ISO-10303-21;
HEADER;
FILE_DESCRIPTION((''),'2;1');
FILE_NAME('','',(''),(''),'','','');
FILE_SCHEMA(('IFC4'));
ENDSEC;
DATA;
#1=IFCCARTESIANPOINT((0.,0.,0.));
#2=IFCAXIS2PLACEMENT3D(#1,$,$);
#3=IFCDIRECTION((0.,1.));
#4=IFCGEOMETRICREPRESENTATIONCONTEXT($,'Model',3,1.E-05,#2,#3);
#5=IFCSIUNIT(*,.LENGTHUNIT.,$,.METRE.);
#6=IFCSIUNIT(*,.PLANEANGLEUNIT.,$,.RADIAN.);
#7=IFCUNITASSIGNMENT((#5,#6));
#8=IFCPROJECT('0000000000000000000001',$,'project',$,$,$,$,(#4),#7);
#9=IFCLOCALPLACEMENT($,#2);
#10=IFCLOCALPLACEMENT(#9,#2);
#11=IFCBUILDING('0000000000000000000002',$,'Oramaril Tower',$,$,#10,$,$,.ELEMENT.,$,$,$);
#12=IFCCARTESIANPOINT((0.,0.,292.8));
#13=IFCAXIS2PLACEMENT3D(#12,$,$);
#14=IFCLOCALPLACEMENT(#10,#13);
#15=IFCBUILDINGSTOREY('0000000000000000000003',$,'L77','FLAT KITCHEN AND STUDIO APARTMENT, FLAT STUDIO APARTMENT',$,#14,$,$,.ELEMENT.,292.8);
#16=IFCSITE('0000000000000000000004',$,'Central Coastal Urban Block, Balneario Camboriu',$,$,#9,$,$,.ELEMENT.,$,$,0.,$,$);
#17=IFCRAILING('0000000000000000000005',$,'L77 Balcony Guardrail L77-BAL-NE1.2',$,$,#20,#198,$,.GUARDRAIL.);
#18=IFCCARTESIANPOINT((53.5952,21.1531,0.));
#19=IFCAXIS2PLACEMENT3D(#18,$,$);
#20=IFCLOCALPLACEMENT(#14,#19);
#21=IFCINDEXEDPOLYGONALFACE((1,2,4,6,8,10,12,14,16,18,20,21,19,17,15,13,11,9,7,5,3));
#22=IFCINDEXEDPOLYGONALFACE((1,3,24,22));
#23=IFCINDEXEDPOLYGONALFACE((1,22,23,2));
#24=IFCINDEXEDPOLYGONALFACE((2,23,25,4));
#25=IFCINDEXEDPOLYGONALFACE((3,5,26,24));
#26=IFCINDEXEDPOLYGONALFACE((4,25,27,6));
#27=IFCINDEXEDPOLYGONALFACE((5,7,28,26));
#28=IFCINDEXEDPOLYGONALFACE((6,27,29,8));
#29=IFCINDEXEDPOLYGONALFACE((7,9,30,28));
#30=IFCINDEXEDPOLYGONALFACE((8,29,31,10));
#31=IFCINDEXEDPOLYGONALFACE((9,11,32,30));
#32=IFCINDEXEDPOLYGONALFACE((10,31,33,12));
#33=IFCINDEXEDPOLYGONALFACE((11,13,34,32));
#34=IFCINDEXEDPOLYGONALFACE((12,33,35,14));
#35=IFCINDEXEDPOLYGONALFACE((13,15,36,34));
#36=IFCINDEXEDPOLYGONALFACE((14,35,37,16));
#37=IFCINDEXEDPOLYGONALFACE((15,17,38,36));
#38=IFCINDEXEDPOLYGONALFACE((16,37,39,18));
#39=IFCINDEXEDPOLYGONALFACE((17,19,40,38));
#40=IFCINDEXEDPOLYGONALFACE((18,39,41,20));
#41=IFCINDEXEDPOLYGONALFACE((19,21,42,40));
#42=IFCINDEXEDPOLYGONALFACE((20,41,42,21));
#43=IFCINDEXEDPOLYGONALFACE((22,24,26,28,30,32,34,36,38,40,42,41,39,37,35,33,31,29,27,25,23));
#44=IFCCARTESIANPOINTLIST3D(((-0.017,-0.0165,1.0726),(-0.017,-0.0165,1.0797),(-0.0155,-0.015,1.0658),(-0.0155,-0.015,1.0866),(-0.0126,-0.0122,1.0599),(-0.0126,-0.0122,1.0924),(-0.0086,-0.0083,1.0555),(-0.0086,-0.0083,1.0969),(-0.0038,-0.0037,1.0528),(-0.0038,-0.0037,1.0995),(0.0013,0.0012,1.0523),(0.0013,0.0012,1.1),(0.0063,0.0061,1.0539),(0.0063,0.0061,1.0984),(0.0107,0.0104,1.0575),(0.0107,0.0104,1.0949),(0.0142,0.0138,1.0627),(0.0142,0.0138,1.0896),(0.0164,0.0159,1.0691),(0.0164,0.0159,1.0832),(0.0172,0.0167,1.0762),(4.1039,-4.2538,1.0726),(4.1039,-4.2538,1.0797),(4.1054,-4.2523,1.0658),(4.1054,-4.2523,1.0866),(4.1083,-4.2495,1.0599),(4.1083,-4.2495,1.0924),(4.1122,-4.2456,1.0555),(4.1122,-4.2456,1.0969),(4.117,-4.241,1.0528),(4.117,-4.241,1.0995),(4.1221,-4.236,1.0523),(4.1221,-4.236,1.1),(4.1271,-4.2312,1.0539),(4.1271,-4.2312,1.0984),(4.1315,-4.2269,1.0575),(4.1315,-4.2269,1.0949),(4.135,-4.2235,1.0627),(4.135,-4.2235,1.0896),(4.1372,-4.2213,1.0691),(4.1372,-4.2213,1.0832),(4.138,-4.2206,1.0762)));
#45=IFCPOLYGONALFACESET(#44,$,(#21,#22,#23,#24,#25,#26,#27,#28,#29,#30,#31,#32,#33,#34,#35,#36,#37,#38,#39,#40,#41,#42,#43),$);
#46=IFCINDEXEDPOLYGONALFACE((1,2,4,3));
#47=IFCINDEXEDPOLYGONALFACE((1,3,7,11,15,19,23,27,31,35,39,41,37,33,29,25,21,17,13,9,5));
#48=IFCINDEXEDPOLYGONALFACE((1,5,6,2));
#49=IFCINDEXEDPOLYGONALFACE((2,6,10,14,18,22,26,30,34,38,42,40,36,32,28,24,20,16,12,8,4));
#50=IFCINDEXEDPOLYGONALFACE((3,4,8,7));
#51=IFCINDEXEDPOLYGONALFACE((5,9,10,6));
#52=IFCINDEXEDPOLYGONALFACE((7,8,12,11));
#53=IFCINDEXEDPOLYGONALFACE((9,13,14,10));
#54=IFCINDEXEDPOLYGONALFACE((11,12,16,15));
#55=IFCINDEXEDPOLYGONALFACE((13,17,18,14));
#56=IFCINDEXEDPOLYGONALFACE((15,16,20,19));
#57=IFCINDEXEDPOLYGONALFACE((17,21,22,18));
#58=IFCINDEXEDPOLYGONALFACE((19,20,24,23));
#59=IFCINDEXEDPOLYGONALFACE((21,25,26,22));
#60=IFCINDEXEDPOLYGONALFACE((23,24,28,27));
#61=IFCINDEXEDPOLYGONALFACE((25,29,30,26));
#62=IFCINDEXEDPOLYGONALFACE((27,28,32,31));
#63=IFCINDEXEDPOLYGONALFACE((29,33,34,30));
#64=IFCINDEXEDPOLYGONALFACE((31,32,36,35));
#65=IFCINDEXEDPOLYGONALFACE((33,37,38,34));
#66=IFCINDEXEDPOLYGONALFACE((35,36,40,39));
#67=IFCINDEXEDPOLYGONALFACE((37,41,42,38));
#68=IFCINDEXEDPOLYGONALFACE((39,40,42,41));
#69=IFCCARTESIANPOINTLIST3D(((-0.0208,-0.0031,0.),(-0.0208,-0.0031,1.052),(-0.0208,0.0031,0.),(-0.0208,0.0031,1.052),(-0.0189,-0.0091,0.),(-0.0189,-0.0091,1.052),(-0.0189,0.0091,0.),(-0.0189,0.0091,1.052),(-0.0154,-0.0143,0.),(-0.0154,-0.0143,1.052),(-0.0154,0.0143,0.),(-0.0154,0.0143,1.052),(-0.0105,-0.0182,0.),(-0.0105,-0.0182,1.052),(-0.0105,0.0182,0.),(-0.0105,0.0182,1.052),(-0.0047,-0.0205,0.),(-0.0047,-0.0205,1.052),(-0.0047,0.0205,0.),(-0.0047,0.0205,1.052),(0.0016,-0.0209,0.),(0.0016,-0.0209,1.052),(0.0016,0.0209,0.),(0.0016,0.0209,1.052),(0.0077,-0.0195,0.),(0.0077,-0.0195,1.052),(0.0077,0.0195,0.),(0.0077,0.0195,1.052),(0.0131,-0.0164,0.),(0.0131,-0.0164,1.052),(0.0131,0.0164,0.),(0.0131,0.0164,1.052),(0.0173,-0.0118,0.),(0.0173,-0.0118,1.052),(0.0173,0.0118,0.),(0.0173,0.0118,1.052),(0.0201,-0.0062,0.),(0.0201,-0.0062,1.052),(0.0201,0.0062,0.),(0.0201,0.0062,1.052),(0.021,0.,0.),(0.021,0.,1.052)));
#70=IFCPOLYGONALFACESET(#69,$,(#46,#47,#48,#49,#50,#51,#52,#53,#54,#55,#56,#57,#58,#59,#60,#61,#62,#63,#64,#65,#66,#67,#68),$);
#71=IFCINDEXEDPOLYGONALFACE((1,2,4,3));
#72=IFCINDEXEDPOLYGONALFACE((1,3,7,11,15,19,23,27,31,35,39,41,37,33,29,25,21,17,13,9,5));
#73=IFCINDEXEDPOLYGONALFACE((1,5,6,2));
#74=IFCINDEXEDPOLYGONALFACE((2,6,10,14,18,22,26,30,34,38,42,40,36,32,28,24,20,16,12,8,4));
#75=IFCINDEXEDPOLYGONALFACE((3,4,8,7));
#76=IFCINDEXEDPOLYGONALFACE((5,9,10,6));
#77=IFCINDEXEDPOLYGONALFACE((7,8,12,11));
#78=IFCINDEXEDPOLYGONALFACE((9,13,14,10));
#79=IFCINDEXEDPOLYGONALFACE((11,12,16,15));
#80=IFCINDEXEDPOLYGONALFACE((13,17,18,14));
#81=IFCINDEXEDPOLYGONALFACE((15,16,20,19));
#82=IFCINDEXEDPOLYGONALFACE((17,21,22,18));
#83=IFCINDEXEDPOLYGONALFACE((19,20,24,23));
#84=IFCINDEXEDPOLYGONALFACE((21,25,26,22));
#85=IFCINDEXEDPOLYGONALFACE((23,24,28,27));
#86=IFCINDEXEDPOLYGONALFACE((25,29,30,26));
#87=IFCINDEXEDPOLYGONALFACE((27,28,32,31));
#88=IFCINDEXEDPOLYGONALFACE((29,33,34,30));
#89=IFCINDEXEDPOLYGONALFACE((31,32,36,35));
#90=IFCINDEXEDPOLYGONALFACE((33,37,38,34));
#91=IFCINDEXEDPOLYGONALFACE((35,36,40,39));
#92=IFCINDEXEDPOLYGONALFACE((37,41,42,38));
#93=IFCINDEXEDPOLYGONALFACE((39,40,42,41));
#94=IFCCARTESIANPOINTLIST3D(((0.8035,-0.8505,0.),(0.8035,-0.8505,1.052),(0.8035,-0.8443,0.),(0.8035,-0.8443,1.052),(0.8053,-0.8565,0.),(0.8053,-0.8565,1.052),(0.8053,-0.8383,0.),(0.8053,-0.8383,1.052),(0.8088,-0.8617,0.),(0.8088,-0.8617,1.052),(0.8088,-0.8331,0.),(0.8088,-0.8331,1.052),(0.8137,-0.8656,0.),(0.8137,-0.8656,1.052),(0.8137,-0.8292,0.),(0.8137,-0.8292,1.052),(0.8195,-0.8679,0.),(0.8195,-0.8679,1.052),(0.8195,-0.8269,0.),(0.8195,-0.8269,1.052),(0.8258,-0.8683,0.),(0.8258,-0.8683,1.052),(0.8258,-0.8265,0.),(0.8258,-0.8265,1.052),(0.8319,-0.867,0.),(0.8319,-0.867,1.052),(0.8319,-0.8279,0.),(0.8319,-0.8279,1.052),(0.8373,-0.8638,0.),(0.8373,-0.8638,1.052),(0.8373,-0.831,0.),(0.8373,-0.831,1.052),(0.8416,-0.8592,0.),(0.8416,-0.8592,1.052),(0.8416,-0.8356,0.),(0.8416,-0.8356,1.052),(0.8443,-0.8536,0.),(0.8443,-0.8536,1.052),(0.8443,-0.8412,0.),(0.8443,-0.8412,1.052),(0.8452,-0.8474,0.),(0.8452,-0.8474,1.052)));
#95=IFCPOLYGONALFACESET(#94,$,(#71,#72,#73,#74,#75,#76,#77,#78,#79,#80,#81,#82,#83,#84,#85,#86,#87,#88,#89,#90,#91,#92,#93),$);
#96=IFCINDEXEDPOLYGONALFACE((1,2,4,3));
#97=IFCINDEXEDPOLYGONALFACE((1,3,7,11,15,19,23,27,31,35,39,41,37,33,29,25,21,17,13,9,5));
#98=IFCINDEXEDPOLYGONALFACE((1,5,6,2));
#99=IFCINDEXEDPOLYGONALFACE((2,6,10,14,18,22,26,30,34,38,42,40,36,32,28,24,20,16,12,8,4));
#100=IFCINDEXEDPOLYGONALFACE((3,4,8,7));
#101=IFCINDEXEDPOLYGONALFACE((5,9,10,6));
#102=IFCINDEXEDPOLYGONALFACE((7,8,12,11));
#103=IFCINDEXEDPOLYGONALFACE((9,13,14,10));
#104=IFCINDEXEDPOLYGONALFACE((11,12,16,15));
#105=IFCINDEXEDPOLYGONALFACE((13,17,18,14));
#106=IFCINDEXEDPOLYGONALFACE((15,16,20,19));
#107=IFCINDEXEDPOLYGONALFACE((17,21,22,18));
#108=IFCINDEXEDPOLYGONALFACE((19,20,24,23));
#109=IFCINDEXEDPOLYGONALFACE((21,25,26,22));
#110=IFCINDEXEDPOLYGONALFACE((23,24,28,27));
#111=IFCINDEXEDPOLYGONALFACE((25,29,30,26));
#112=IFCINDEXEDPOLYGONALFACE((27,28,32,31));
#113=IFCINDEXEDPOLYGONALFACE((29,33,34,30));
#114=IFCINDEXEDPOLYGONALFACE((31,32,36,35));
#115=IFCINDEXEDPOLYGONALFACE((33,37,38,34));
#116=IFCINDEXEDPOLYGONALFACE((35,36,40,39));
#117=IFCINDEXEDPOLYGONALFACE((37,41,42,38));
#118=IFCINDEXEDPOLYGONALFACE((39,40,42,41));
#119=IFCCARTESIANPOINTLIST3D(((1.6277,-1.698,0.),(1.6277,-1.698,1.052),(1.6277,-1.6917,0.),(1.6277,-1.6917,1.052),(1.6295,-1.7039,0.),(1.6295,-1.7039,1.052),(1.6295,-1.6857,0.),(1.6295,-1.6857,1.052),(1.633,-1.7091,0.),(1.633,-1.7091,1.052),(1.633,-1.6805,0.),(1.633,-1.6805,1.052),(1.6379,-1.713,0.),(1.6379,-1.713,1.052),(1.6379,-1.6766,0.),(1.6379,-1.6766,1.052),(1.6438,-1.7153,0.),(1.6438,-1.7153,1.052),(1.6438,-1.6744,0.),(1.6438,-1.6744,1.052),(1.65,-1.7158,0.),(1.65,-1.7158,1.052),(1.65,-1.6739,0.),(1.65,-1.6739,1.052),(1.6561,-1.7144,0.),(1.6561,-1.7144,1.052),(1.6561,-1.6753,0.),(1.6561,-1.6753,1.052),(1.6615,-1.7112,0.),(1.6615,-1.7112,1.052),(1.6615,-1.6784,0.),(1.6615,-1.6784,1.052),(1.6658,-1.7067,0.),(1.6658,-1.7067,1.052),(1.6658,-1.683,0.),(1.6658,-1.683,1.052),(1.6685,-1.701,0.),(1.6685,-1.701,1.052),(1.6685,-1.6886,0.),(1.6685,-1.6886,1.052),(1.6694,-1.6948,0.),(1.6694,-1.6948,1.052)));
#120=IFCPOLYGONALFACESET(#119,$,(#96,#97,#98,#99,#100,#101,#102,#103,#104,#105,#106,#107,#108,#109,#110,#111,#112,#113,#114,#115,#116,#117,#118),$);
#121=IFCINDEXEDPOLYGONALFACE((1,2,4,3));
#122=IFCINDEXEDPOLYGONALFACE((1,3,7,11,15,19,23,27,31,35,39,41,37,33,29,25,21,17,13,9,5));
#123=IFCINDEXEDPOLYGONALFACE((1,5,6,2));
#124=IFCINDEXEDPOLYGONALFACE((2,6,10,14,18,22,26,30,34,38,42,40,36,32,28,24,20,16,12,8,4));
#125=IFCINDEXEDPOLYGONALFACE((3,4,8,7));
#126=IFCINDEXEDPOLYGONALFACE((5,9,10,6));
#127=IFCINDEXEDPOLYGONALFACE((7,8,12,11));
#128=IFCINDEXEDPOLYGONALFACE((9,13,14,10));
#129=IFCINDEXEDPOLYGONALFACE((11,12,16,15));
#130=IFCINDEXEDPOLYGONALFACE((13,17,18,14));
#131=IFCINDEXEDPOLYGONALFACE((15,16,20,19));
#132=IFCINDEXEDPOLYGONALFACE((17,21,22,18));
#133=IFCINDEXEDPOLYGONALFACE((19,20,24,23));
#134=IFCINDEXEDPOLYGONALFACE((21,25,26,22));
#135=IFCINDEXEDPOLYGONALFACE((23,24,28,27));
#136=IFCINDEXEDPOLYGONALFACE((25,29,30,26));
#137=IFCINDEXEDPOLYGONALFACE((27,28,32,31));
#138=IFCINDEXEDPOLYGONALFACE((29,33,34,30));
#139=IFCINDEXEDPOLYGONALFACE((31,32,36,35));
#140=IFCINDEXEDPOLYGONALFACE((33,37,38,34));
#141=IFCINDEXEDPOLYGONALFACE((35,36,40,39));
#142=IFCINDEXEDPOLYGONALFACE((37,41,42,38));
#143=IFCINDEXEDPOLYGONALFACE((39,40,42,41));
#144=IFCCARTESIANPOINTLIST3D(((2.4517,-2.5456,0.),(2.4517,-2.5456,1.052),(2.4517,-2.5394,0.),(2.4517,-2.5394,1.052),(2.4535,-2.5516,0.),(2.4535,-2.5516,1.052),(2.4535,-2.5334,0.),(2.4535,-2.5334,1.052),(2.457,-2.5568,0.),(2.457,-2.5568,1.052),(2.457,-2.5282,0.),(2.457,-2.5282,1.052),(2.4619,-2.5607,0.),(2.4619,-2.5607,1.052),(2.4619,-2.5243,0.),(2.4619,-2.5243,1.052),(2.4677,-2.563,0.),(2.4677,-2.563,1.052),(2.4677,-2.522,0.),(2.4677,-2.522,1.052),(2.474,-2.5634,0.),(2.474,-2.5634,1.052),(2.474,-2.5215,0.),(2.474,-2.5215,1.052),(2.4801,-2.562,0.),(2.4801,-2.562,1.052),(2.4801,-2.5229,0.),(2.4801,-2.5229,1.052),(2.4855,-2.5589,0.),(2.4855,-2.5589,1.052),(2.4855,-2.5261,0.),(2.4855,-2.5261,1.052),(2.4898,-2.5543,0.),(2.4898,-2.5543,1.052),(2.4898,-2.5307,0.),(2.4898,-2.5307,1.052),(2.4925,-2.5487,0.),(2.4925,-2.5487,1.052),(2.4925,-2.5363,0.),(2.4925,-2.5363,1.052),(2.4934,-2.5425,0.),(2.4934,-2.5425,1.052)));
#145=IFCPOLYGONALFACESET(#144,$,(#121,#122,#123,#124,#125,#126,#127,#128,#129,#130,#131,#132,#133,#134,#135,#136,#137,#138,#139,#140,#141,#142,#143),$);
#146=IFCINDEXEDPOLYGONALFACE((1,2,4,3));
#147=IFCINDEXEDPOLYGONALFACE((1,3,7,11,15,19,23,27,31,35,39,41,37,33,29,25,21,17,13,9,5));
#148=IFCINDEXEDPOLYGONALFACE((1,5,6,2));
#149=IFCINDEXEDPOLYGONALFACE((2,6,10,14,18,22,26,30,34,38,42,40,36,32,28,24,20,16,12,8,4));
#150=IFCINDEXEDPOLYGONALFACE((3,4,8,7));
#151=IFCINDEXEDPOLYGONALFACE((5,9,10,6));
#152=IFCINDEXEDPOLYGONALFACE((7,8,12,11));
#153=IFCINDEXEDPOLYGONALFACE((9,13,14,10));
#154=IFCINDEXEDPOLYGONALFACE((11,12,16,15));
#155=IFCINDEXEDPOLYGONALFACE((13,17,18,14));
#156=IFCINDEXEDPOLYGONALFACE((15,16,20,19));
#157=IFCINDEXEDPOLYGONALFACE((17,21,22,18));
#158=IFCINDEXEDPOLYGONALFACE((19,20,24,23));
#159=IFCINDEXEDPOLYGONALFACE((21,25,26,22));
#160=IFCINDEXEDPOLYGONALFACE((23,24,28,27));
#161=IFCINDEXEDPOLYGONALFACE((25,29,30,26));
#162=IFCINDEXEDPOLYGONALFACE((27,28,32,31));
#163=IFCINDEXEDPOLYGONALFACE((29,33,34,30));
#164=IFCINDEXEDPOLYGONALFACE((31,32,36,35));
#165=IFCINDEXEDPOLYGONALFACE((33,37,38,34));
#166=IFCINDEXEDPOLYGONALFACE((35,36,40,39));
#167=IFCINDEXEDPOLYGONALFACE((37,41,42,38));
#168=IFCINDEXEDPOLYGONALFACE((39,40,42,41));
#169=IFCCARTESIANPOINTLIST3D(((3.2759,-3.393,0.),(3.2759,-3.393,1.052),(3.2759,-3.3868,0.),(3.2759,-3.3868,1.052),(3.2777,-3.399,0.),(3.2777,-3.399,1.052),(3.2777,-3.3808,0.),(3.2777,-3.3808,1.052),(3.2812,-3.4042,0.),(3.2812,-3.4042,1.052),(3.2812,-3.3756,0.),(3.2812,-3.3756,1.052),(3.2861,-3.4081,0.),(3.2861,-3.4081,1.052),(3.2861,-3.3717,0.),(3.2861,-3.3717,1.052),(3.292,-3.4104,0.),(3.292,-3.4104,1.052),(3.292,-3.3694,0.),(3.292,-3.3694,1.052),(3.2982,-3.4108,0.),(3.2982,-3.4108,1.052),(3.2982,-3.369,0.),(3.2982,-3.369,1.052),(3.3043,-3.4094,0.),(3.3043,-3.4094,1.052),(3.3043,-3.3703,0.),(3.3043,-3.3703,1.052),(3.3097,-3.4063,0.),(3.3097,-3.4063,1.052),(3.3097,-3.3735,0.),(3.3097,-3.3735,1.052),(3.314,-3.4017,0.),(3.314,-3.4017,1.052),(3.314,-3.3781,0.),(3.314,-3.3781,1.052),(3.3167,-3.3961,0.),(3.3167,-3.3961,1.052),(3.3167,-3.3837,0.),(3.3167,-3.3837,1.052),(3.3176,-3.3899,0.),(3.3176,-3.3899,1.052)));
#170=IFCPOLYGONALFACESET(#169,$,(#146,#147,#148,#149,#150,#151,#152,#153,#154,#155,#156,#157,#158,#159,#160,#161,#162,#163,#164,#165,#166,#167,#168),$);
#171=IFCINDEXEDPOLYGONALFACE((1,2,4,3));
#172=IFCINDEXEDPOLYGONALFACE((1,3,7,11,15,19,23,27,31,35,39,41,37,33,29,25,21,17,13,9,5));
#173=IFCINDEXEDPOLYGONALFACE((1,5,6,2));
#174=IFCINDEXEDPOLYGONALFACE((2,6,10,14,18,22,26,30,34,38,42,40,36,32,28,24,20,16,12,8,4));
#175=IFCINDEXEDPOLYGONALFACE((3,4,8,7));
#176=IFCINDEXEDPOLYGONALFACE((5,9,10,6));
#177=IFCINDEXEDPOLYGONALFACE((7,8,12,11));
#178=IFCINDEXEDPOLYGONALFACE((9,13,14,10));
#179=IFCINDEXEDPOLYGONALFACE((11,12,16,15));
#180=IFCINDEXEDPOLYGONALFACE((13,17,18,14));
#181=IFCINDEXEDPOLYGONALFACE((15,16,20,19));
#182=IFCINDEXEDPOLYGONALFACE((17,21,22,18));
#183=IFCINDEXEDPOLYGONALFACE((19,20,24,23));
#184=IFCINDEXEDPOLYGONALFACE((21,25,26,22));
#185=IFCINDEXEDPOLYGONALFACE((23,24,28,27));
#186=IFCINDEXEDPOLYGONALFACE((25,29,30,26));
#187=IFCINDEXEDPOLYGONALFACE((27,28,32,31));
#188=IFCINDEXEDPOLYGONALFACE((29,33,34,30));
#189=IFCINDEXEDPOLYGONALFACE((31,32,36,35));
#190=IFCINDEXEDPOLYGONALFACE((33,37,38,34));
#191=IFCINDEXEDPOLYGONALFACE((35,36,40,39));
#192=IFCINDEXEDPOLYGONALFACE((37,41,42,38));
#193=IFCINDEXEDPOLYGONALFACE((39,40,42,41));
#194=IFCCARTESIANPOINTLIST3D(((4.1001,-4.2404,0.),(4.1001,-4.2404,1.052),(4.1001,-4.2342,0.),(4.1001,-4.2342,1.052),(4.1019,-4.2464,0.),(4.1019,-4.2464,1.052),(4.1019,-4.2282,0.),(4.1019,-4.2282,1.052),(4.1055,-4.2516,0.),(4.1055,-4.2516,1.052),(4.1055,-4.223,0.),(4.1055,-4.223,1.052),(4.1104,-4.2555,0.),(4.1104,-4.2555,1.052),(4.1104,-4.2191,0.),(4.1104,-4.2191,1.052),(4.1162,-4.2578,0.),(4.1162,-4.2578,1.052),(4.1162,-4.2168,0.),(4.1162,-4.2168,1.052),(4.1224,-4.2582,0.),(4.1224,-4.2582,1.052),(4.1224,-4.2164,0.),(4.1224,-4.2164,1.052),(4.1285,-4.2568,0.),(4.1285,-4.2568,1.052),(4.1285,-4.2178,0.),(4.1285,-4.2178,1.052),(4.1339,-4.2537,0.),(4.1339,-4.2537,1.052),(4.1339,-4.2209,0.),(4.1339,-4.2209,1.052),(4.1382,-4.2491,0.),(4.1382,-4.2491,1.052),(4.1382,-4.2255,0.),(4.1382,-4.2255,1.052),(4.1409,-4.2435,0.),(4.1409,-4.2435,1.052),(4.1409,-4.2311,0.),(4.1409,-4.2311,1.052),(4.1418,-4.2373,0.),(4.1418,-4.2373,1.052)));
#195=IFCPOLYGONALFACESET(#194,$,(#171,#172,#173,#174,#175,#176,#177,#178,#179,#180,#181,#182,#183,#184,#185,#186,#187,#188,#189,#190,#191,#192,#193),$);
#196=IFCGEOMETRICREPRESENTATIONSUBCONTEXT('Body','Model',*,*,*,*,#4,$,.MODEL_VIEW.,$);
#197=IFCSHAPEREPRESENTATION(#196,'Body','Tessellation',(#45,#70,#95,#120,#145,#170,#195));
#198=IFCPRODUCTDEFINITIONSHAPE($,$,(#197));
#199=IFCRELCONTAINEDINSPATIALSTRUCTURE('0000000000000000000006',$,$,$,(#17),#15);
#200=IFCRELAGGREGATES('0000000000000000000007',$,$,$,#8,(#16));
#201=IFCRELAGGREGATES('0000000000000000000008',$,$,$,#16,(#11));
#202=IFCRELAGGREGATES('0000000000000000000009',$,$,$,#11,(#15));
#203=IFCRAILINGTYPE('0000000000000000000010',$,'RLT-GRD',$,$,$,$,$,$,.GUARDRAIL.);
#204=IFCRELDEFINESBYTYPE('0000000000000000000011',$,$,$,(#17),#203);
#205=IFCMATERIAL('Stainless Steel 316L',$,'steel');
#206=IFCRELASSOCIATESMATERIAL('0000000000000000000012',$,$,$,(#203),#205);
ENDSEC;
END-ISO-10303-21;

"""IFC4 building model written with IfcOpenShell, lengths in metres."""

from ifc_helpers import new_model, si_unit, direction, frame, origin, origin_2d, place, context, subcontext, project, spatial, circle, extrude, material, type_object, element, save


model = new_model("IFC4")

# Units and contexts
model_context = context("Model", 3, precision=1e-05, world=origin(), true_north=direction((0.0, 1.0)))
body_context = subcontext(model_context, "Body", "Model", "MODEL_VIEW")
ifc_project = project(units=[si_unit("LENGTHUNIT", "METRE"), si_unit("PLANEANGLEUNIT", "RADIAN")], contexts=[model_context])

# Site, building, storey
site_placement = place(None, origin())
site = spatial("IfcSite", under=ifc_project, at=site_placement, Name="Central Coastal Urban Block, Balneario Camboriu", CompositionType="ELEMENT", RefElevation=0.0)
building_placement = place(site_placement, origin())
building = spatial("IfcBuilding", under=site, at=building_placement, Name="Oramaril Tower", CompositionType="ELEMENT")
storey_placement = place(building_placement, frame((0.0, 0.0, 292.8)))
storey = spatial("IfcBuildingStorey", under=building, at=storey_placement, Name="L77", Description="FLAT KITCHEN AND STUDIO APARTMENT, FLAT STUDIO APARTMENT", CompositionType="ELEMENT", Elevation=292.8)

# Railing
ifc_material_1 = material(Name="Stainless Steel 316L", Category="steel")
railing_type = type_object("IfcRailingType", Name="RLT-GRD", PredefinedType="GUARDRAIL", material=ifc_material_1)
railing_1_placement = place(storey_placement, frame((53.5952, 21.1531, 0.0)))
element("IfcRailing", 1, at=railing_1_placement, inside=storey, type_object=railing_type, Name="L77 Balcony Guardrail L77-BAL-NE1.2", PredefinedType="GUARDRAIL", context=body_context, shape_type="SweptSolid", body=[
    extrude(circle(Radius=0.0239, at=origin_2d()), frame((0.0, 0.0, 1.0762), z_axis=(0.697187, -0.716889, 0.0), x_axis=(0.716889, 0.697187, 0.0)), (0.0, 0.0, 1.0), 5.9106),
    extrude(circle(Radius=0.021, at=origin_2d()), origin(), (0.0, 0.0, 1.0), 1.052),
    extrude(circle(Radius=0.021, at=origin_2d()), frame((0.8242, -0.8474, 0.0)), (0.0, 0.0, 1.0), 1.052),
    extrude(circle(Radius=0.021, at=origin_2d()), frame((1.6484, -1.6948, 0.0)), (0.0, 0.0, 1.0), 1.052),
    extrude(circle(Radius=0.021, at=origin_2d()), frame((2.4724, -2.5425, 0.0)), (0.0, 0.0, 1.0), 1.052),
    extrude(circle(Radius=0.021, at=origin_2d()), frame((3.2966, -3.3899, 0.0)), (0.0, 0.0, 1.0), 1.052),
    extrude(circle(Radius=0.021, at=origin_2d()), frame((4.1208, -4.2373, 0.0)), (0.0, 0.0, 1.0), 1.052),
])

save(model, "model.ifc")
